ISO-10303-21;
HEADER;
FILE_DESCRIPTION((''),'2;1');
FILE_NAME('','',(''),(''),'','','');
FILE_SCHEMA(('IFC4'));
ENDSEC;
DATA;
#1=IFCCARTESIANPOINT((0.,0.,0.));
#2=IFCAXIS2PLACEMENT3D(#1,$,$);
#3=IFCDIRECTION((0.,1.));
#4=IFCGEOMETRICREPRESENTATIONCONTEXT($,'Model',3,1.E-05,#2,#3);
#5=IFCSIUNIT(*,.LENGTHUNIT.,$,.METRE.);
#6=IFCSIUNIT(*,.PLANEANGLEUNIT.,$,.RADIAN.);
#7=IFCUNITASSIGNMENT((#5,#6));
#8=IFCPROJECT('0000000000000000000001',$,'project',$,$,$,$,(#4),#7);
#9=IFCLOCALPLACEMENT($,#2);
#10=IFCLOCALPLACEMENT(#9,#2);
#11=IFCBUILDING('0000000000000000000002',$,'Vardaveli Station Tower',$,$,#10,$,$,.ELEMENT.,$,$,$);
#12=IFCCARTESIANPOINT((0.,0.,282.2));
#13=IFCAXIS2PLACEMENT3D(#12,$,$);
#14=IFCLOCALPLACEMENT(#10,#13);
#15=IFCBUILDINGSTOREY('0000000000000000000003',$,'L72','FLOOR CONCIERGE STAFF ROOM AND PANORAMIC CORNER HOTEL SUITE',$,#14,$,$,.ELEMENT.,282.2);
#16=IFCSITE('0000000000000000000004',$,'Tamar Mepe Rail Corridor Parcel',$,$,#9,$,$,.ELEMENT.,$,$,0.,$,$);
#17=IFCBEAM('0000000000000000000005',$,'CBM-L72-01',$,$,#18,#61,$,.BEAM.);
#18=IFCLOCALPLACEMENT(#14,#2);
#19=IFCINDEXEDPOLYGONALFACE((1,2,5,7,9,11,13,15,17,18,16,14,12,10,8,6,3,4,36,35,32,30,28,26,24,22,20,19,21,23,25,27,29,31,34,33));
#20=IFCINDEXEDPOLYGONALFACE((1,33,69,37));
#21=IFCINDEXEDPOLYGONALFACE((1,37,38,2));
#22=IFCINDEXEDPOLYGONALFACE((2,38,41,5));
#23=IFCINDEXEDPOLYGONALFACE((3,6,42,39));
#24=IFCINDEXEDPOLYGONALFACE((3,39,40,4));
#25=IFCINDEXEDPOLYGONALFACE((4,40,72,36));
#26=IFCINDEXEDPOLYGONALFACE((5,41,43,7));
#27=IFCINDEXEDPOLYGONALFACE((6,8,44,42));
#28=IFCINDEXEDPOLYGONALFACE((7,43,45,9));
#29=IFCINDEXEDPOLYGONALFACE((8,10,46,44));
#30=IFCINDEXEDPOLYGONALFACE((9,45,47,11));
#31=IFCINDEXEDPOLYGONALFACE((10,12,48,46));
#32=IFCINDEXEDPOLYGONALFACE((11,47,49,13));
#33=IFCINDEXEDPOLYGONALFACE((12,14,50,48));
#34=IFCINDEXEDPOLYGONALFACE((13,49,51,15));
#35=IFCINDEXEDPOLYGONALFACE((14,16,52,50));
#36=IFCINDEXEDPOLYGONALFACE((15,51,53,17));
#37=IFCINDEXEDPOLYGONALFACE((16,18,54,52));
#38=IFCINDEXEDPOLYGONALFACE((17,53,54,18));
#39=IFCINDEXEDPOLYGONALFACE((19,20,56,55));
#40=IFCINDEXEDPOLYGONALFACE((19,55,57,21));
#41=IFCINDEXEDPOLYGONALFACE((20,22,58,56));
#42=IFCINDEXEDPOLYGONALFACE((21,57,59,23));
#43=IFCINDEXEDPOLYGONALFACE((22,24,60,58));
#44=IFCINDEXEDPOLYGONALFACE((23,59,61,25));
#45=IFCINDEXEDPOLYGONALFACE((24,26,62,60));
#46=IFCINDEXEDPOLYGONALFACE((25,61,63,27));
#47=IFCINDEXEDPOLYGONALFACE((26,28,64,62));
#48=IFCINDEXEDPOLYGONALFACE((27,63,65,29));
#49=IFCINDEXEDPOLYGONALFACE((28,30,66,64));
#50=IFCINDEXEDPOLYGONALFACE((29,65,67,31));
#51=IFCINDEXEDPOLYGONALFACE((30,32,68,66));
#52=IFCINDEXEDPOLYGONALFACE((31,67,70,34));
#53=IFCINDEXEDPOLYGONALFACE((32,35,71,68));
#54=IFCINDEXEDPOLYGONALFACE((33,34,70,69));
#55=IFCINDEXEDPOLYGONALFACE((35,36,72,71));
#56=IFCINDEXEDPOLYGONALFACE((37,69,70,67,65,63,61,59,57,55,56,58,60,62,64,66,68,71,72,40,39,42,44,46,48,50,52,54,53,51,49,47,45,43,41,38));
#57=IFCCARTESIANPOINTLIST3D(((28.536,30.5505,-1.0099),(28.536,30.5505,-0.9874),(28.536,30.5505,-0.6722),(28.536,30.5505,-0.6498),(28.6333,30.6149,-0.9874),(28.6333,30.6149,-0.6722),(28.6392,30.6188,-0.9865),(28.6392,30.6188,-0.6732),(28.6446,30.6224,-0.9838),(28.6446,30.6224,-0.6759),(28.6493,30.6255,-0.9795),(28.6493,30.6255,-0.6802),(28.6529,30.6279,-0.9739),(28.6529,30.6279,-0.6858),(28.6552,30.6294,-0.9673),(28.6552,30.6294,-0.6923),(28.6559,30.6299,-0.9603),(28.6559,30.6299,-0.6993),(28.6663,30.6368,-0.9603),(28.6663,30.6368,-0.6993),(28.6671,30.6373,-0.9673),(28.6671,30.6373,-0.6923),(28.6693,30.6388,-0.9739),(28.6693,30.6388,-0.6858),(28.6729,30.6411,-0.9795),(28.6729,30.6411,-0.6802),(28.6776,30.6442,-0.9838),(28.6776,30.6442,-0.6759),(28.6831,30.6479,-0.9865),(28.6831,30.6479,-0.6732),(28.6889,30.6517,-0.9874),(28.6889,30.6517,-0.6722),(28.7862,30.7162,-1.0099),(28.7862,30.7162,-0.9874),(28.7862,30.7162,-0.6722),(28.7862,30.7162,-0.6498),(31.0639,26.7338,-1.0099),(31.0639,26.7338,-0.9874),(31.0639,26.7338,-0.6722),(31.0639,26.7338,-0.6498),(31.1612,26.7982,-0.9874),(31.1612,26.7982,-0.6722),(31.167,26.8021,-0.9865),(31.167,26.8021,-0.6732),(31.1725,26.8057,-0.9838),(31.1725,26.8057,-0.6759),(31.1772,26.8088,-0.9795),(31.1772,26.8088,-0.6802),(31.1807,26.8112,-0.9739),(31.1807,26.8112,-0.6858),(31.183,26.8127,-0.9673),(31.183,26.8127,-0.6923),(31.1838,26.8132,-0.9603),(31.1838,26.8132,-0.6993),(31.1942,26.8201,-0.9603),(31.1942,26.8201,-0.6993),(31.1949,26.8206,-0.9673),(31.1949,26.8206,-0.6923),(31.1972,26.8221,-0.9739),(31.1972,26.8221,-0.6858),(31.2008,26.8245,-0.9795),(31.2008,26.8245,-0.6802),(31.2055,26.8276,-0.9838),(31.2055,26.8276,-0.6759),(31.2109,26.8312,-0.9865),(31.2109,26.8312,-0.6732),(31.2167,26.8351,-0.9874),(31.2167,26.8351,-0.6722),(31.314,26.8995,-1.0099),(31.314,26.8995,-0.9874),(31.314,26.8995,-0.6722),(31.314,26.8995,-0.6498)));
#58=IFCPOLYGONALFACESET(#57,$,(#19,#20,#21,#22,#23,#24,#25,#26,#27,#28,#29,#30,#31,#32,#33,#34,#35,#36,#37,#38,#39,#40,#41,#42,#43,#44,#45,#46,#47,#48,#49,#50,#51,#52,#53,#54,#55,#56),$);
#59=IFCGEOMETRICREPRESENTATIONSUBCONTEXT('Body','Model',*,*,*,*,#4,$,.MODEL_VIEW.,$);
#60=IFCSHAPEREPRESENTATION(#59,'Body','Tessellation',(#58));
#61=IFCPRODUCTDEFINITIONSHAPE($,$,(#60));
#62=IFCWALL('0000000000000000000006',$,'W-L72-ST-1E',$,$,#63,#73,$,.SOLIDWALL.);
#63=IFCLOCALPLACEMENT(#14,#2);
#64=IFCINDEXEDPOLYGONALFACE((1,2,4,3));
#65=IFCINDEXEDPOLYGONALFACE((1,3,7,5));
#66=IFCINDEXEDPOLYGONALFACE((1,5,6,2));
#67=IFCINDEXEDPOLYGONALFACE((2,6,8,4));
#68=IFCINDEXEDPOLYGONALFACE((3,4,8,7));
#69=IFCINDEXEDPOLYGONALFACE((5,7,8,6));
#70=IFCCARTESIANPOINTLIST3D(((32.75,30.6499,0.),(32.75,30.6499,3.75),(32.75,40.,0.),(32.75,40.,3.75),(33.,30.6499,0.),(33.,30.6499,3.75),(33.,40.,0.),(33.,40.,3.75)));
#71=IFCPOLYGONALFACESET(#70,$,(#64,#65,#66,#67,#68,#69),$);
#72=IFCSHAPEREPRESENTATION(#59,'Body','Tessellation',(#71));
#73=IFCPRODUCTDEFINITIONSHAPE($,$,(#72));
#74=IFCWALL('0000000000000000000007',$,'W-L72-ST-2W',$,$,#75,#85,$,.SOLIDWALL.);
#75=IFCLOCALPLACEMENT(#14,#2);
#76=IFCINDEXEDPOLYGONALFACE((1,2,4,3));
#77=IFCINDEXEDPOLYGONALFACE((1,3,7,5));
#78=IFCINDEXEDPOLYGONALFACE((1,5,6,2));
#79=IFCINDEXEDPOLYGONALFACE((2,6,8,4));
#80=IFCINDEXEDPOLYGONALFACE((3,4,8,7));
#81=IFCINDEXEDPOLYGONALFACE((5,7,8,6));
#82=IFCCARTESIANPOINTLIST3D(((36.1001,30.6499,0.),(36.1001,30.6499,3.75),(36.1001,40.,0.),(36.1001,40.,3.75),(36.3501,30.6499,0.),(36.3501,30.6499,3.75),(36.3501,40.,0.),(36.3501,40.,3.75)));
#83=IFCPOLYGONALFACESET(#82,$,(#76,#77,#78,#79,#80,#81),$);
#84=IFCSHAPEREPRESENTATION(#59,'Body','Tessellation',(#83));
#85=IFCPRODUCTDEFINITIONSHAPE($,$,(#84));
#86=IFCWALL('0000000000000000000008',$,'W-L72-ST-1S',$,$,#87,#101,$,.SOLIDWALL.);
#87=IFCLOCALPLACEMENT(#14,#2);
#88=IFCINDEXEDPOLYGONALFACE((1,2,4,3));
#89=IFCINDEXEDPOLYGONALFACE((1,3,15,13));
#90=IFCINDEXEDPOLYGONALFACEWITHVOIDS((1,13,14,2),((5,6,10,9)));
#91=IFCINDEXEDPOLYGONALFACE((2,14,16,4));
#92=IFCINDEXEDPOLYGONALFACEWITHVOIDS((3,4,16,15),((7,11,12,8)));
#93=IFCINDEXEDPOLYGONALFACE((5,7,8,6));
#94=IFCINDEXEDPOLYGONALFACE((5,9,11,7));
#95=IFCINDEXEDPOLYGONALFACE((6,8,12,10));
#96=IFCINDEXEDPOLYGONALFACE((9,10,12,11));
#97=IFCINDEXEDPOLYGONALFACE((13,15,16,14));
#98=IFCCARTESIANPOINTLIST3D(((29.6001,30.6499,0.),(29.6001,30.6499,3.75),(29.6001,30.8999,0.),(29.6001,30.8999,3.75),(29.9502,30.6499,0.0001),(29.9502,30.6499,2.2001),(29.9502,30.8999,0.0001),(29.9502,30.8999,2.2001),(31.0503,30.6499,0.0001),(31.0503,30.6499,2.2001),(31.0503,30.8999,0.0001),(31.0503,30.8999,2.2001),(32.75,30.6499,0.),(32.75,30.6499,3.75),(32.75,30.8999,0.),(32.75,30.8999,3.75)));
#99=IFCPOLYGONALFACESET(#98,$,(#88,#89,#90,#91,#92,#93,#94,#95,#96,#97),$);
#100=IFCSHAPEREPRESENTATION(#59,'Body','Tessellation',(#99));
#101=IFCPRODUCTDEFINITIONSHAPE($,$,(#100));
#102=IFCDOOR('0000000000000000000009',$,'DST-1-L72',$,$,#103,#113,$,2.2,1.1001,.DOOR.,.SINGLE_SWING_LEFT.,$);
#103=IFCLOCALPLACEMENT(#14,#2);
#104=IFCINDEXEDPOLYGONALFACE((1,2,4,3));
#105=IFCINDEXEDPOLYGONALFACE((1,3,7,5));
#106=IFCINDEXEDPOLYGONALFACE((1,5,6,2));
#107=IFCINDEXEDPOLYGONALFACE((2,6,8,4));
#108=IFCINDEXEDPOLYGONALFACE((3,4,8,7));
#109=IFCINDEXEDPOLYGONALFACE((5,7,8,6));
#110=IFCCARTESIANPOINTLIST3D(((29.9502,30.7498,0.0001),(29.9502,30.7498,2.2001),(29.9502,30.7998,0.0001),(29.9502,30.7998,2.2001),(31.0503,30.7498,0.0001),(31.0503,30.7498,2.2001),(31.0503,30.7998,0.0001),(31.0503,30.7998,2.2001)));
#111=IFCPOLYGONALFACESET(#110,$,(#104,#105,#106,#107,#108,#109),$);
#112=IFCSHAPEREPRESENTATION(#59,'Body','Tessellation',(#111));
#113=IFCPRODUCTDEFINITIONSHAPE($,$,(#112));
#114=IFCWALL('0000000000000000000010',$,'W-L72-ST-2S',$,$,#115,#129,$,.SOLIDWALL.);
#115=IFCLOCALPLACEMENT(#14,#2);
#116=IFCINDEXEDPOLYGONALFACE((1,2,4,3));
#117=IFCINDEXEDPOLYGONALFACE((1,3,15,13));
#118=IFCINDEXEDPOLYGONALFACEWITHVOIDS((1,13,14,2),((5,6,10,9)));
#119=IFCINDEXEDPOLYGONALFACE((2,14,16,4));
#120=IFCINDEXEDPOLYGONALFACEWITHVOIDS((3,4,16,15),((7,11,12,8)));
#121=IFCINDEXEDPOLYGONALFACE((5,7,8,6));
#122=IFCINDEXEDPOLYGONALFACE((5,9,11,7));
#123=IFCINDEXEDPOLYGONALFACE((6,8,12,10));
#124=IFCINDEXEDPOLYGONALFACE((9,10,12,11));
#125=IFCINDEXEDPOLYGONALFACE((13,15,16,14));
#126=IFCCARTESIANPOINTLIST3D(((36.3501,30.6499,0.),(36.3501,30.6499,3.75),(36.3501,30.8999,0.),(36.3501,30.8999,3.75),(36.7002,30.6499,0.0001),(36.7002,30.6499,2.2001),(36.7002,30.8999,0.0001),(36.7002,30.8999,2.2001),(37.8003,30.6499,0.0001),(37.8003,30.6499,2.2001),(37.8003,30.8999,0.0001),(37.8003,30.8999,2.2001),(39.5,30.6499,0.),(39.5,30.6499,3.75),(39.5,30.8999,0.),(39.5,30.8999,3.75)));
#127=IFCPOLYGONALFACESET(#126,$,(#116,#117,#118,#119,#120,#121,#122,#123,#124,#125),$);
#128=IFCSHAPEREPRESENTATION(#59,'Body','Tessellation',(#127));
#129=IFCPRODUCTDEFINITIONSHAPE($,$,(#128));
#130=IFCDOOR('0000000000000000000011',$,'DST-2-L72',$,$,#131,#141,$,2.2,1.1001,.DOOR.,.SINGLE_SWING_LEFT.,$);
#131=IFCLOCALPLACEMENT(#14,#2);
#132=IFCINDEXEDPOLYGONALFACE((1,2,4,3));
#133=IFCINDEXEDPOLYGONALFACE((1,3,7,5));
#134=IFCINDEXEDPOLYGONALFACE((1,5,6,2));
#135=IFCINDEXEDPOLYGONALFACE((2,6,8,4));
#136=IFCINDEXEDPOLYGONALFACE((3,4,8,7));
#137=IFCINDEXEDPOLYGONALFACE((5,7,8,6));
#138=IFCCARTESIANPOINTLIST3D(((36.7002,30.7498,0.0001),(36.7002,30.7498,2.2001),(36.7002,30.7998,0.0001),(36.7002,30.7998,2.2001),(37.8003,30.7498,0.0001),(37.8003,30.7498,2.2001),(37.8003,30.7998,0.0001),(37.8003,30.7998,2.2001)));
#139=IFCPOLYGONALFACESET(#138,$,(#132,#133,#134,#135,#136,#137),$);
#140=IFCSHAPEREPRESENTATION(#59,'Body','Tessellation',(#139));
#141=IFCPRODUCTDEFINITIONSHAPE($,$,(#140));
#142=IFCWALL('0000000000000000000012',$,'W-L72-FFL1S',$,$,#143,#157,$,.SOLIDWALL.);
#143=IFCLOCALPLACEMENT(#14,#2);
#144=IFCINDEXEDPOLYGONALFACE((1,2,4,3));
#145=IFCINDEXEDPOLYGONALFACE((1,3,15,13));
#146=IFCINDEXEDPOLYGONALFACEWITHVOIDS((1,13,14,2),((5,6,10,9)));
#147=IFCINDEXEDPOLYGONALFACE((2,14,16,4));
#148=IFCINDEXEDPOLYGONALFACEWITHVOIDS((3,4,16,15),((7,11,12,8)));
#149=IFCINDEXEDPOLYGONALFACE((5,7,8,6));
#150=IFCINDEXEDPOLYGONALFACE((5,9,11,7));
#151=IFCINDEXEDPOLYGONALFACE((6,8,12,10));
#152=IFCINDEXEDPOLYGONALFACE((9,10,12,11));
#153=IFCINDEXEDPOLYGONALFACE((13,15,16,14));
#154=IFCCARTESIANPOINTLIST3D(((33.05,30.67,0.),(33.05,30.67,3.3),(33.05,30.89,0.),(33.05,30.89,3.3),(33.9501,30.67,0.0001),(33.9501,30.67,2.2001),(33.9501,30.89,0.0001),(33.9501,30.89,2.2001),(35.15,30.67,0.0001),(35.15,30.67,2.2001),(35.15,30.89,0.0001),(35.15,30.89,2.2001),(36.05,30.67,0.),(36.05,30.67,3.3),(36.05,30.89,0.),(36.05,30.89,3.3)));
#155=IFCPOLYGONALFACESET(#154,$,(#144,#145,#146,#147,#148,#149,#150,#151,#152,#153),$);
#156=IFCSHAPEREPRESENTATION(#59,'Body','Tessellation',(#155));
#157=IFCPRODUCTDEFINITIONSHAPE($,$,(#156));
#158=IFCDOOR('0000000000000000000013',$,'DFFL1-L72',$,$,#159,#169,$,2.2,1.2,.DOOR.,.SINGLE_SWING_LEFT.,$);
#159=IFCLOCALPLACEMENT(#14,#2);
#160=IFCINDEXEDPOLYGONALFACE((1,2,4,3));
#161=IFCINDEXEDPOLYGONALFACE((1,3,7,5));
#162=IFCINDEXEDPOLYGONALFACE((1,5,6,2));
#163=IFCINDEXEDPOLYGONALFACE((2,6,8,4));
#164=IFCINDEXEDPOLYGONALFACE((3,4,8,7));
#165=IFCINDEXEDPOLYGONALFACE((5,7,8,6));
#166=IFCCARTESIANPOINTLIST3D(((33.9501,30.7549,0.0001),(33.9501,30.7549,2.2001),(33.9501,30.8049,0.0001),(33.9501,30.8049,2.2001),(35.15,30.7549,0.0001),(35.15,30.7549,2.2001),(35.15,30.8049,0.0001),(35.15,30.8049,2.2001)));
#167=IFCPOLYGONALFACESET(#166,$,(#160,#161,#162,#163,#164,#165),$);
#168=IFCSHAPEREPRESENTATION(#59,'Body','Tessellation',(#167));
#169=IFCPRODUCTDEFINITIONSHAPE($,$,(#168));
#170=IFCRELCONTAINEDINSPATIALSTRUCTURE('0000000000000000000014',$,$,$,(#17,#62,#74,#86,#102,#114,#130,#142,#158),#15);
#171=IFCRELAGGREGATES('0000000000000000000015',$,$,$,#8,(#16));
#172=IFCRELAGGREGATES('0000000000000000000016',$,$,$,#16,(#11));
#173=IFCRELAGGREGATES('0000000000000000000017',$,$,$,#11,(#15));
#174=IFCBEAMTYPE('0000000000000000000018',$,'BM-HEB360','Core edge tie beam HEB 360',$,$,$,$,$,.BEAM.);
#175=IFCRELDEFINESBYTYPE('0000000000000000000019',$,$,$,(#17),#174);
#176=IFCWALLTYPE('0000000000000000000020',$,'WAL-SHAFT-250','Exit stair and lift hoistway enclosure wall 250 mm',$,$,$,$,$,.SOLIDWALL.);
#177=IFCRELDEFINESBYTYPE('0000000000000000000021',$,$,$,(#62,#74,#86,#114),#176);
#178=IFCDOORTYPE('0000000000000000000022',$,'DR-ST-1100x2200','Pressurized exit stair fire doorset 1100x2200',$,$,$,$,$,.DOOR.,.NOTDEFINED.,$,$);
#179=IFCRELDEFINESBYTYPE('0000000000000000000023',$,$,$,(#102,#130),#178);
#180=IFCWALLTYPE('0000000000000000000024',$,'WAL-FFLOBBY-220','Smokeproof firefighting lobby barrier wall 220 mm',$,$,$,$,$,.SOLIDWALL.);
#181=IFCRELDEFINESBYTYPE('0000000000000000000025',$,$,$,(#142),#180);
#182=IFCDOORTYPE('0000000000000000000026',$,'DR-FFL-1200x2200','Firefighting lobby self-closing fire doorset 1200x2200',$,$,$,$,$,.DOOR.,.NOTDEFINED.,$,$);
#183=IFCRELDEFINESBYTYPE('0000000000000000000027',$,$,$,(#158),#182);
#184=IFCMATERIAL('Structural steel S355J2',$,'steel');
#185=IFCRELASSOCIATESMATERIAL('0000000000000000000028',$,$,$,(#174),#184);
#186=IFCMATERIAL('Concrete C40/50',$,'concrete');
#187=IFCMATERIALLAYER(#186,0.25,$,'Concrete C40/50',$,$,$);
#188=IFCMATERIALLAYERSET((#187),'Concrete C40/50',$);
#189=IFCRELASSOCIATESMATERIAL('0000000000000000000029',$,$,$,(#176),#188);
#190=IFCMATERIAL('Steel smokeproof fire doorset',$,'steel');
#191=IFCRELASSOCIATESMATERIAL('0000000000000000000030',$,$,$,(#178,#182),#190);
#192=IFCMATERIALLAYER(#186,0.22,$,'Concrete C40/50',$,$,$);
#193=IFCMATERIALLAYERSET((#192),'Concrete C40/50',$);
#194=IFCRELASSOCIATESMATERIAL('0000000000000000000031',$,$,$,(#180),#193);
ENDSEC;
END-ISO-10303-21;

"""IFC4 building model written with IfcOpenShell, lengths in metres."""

from ifc_helpers import new_model, si_unit, direction, frame, frame_2d, origin, origin_2d, place, context, subcontext, project, spatial, rectangle, i_section, extrude, source, transform, mapped, material, layer, layer_set, material_profile, profile_set, type_object, element, fill, save


model = new_model("IFC4")

# Units and contexts
model_context = context("Model", 3, precision=1e-05, world=origin(), true_north=direction((0.0, 1.0)))
body_context = subcontext(model_context, "Body", "Model", "MODEL_VIEW")
ifc_project = project(units=[si_unit("LENGTHUNIT", "METRE"), si_unit("PLANEANGLEUNIT", "RADIAN")], contexts=[model_context])

# Site, building, storey
site_placement = place(None, origin())
site = spatial("IfcSite", under=ifc_project, at=site_placement, Name="Tamar Mepe Rail Corridor Parcel", CompositionType="ELEMENT", RefElevation=0.0)
building_placement = place(site_placement, origin())
building = spatial("IfcBuilding", under=site, at=building_placement, Name="Vardaveli Station Tower", CompositionType="ELEMENT")
storey_placement = place(building_placement, frame((0.0, 0.0, 282.2)))
storey = spatial("IfcBuildingStorey", under=building, at=storey_placement, Name="L72", Description="FLOOR CONCIERGE STAFF ROOM AND PANORAMIC CORNER HOTEL SUITE", CompositionType="ELEMENT", Elevation=282.2)

# Beam
ifc_material_1 = material(Name="Structural steel S355J2", Category="steel")
ifc_material_profile_1 = material_profile(ifc_material_1, i_section(OverallWidth=0.3, OverallDepth=0.3601, WebThickness=0.0125, FlangeThickness=0.0225, FilletRadius=0.0271, at=origin_2d()), Name="HEB 360")
ifc_profile_set_1 = profile_set([ifc_material_profile_1], Name="Structural steel S355J2")
beam_type_1 = type_object("IfcBeamType", Name="BM-HEB360", Description="Core edge tie beam HEB 360", PredefinedType="BEAM", material=ifc_profile_set_1)
shared_shape_1 = source(origin(), body_context, "Body", "SweptSolid", [
    extrude(i_section(OverallWidth=0.3, OverallDepth=0.3601, WebThickness=0.0125, FlangeThickness=0.0225, FilletRadius=0.0271, at=origin_2d()), origin(), (0.0, 0.0, 1.0), 4.5779),
])
beam_1_placement = place(storey_placement, frame((31.189, 26.8167, -0.8298), z_axis=(-0.552187, 0.83372, 0.0), x_axis=(-0.83372, -0.552187, 0.0)))
element("IfcBeam", 1, at=beam_1_placement, inside=storey, type_object=beam_type_1, Name="CBM-L72-01", PredefinedType="BEAM", context=body_context, shape_type="MappedRepresentation", body=[
    mapped(shared_shape_1, transform((0.0, 0.0, 0.0), scale=1.0)),
])

# Walls
ifc_material_2 = material(Name="Concrete C40/50", Category="concrete")
ifc_layer_1 = layer(ifc_material_2, 0.25, Name="Concrete C40/50")
ifc_layer_set_1 = layer_set([ifc_layer_1], Name="Concrete C40/50")
wall_type_1 = type_object("IfcWallType", Name="WAL-SHAFT-250", Description="Exit stair and lift hoistway enclosure wall 250 mm", PredefinedType="SOLIDWALL", material=ifc_layer_set_1)
shared_shape_2 = source(origin(), body_context, "Body", "SweptSolid", [
    extrude(rectangle(XDim=9.3501, YDim=0.25, at=frame_2d((4.675, 0.0))), origin(), (0.0, 0.0, 1.0), 3.75),
])
for number, where, z_axis, x_axis, name in (
    (2, (32.875, 30.6499, 0.0), (0.0, 0.0, 1.0), (0.0, 1.0, 0.0), "W-L72-ST-1E"),
    (3, (36.2251, 30.6499, 0.0), (0.0, 0.0, 1.0), (0.0, 1.0, 0.0), "W-L72-ST-2W"),
):
    element("IfcWall", number, at=place(storey_placement, frame(where, z_axis=z_axis, x_axis=x_axis)), inside=storey, type_object=wall_type_1, Name=name, PredefinedType="SOLIDWALL", context=body_context, shape_type="MappedRepresentation", body=[
        mapped(shared_shape_2, transform((0.0, 0.0, 0.0), scale=1.0)),
    ])

# Walls, openings, doors
shared_shape_3 = source(origin(), body_context, "Body", "SweptSolid", [
    extrude(rectangle(XDim=3.1499, YDim=0.25, at=frame_2d((1.575, 0.0))), origin(), (0.0, 0.0, 1.0), 3.75),
])
wall_1_placement = place(storey_placement, frame((29.6001, 30.7749, 0.0), z_axis=(0.0, 0.0, 1.0), x_axis=(1.0, 0.0, 0.0)))
wall_1 = element("IfcWall", 4, at=wall_1_placement, inside=storey, type_object=wall_type_1, Name="W-L72-ST-1S", PredefinedType="SOLIDWALL", context=body_context, shape_type="MappedRepresentation", body=[
    mapped(shared_shape_3, transform((0.0, 0.0, 0.0), scale=1.0)),
])
shared_shape_4 = source(origin(), body_context, "Body", "SweptSolid", [
    extrude(rectangle(XDim=1.1001, YDim=2.2, at=frame_2d((0.55, 1.1001))), frame((0.0, 0.135, 0.0), z_axis=(0.0, -1.0, 0.0), x_axis=(1.0, 0.0, 0.0)), (0.0, 0.0, 1.0), 0.27),
])
opening_1_placement = place(wall_1_placement, frame((0.3501, 0.0, 0.0)))
opening_1 = element("IfcOpeningElement", 5, at=opening_1_placement, cuts=wall_1, PredefinedType="OPENING", context=body_context, shape_type="MappedRepresentation", body=[
    mapped(shared_shape_4, transform((0.0, 0.0, 0.0), scale=1.0)),
])
ifc_material_3 = material(Name="Steel smokeproof fire doorset", Category="steel")
door_type_1 = type_object("IfcDoorType", Name="DR-ST-1100x2200", Description="Pressurized exit stair fire doorset 1100x2200", OperationType="NOTDEFINED", PredefinedType="DOOR", material=ifc_material_3)
shared_shape_5 = source(origin(), body_context, "Body", "SweptSolid", [
    extrude(rectangle(XDim=1.1001, YDim=2.2, at=frame_2d((0.55, 1.1001))), frame((0.0, 0.0249, 0.0), z_axis=(0.0, -1.0, 0.0), x_axis=(1.0, 0.0, 0.0)), (0.0, 0.0, 1.0), 0.05),
])
door_1_placement = place(opening_1_placement, origin())
door_1 = element("IfcDoor", 6, at=door_1_placement, inside=storey, type_object=door_type_1, Name="DST-1-L72", OperationType="SINGLE_SWING_LEFT", OverallHeight=2.2, OverallWidth=1.1001, PredefinedType="DOOR", context=body_context, shape_type="MappedRepresentation", body=[
    mapped(shared_shape_5, transform((0.0, 0.0, 0.0), scale=1.0)),
])
fill(opening_1, door_1)
wall_2_placement = place(storey_placement, frame((36.3501, 30.7749, 0.0), z_axis=(0.0, 0.0, 1.0), x_axis=(1.0, 0.0, 0.0)))
wall_2 = element("IfcWall", 7, at=wall_2_placement, inside=storey, type_object=wall_type_1, Name="W-L72-ST-2S", PredefinedType="SOLIDWALL", context=body_context, shape_type="MappedRepresentation", body=[
    mapped(shared_shape_3, transform((0.0, 0.0, 0.0), scale=1.0)),
])
opening_2_placement = place(wall_2_placement, frame((0.3501, 0.0, 0.0)))
opening_2 = element("IfcOpeningElement", 8, at=opening_2_placement, cuts=wall_2, PredefinedType="OPENING", context=body_context, shape_type="MappedRepresentation", body=[
    mapped(shared_shape_4, transform((0.0, 0.0, 0.0), scale=1.0)),
])
door_2_placement = place(opening_2_placement, origin())
door_2 = element("IfcDoor", 9, at=door_2_placement, inside=storey, type_object=door_type_1, Name="DST-2-L72", OperationType="SINGLE_SWING_LEFT", OverallHeight=2.2, OverallWidth=1.1001, PredefinedType="DOOR", context=body_context, shape_type="MappedRepresentation", body=[
    mapped(shared_shape_5, transform((0.0, 0.0, 0.0), scale=1.0)),
])
fill(opening_2, door_2)
ifc_layer_2 = layer(ifc_material_2, 0.22, Name="Concrete C40/50")
ifc_layer_set_2 = layer_set([ifc_layer_2], Name="Concrete C40/50")
wall_type_2 = type_object("IfcWallType", Name="WAL-FFLOBBY-220", Description="Smokeproof firefighting lobby barrier wall 220 mm", PredefinedType="SOLIDWALL", material=ifc_layer_set_2)
shared_shape_6 = source(origin(), body_context, "Body", "SweptSolid", [
    extrude(rectangle(XDim=3.0, YDim=0.22, at=frame_2d((1.5, 0.0))), origin(), (0.0, 0.0, 1.0), 3.3),
])
wall_3_placement = place(storey_placement, frame((33.05, 30.78, 0.0), z_axis=(0.0, 0.0, 1.0), x_axis=(1.0, 0.0, 0.0)))
wall_3 = element("IfcWall", 10, at=wall_3_placement, inside=storey, type_object=wall_type_2, Name="W-L72-FFL1S", PredefinedType="SOLIDWALL", context=body_context, shape_type="MappedRepresentation", body=[
    mapped(shared_shape_6, transform((0.0, 0.0, 0.0), scale=1.0)),
])
shared_shape_7 = source(origin(), body_context, "Body", "SweptSolid", [
    extrude(rectangle(XDim=1.2, YDim=2.2, at=frame_2d((0.6001, 1.1001))), frame((0.0, 0.1201, 0.0), z_axis=(0.0, -1.0, 0.0), x_axis=(1.0, 0.0, 0.0)), (0.0, 0.0, 1.0), 0.24),
])
opening_3_placement = place(wall_3_placement, frame((0.8999, 0.0, 0.0)))
opening_3 = element("IfcOpeningElement", 11, at=opening_3_placement, cuts=wall_3, PredefinedType="OPENING", context=body_context, shape_type="MappedRepresentation", body=[
    mapped(shared_shape_7, transform((0.0, 0.0, 0.0), scale=1.0)),
])
door_type_2 = type_object("IfcDoorType", Name="DR-FFL-1200x2200", Description="Firefighting lobby self-closing fire doorset 1200x2200", OperationType="NOTDEFINED", PredefinedType="DOOR", material=ifc_material_3)
shared_shape_8 = source(origin(), body_context, "Body", "SweptSolid", [
    extrude(rectangle(XDim=1.2, YDim=2.2, at=frame_2d((0.6001, 1.1001))), frame((0.0, 0.0249, 0.0), z_axis=(0.0, -1.0, 0.0), x_axis=(1.0, 0.0, 0.0)), (0.0, 0.0, 1.0), 0.05),
])
door_3_placement = place(opening_3_placement, origin())
door_3 = element("IfcDoor", 12, at=door_3_placement, inside=storey, type_object=door_type_2, Name="DFFL1-L72", OperationType="SINGLE_SWING_LEFT", OverallHeight=2.2, OverallWidth=1.2, PredefinedType="DOOR", context=body_context, shape_type="MappedRepresentation", body=[
    mapped(shared_shape_8, transform((0.0, 0.0, 0.0), scale=1.0)),
])
fill(opening_3, door_3)

save(model, "model.ifc")
